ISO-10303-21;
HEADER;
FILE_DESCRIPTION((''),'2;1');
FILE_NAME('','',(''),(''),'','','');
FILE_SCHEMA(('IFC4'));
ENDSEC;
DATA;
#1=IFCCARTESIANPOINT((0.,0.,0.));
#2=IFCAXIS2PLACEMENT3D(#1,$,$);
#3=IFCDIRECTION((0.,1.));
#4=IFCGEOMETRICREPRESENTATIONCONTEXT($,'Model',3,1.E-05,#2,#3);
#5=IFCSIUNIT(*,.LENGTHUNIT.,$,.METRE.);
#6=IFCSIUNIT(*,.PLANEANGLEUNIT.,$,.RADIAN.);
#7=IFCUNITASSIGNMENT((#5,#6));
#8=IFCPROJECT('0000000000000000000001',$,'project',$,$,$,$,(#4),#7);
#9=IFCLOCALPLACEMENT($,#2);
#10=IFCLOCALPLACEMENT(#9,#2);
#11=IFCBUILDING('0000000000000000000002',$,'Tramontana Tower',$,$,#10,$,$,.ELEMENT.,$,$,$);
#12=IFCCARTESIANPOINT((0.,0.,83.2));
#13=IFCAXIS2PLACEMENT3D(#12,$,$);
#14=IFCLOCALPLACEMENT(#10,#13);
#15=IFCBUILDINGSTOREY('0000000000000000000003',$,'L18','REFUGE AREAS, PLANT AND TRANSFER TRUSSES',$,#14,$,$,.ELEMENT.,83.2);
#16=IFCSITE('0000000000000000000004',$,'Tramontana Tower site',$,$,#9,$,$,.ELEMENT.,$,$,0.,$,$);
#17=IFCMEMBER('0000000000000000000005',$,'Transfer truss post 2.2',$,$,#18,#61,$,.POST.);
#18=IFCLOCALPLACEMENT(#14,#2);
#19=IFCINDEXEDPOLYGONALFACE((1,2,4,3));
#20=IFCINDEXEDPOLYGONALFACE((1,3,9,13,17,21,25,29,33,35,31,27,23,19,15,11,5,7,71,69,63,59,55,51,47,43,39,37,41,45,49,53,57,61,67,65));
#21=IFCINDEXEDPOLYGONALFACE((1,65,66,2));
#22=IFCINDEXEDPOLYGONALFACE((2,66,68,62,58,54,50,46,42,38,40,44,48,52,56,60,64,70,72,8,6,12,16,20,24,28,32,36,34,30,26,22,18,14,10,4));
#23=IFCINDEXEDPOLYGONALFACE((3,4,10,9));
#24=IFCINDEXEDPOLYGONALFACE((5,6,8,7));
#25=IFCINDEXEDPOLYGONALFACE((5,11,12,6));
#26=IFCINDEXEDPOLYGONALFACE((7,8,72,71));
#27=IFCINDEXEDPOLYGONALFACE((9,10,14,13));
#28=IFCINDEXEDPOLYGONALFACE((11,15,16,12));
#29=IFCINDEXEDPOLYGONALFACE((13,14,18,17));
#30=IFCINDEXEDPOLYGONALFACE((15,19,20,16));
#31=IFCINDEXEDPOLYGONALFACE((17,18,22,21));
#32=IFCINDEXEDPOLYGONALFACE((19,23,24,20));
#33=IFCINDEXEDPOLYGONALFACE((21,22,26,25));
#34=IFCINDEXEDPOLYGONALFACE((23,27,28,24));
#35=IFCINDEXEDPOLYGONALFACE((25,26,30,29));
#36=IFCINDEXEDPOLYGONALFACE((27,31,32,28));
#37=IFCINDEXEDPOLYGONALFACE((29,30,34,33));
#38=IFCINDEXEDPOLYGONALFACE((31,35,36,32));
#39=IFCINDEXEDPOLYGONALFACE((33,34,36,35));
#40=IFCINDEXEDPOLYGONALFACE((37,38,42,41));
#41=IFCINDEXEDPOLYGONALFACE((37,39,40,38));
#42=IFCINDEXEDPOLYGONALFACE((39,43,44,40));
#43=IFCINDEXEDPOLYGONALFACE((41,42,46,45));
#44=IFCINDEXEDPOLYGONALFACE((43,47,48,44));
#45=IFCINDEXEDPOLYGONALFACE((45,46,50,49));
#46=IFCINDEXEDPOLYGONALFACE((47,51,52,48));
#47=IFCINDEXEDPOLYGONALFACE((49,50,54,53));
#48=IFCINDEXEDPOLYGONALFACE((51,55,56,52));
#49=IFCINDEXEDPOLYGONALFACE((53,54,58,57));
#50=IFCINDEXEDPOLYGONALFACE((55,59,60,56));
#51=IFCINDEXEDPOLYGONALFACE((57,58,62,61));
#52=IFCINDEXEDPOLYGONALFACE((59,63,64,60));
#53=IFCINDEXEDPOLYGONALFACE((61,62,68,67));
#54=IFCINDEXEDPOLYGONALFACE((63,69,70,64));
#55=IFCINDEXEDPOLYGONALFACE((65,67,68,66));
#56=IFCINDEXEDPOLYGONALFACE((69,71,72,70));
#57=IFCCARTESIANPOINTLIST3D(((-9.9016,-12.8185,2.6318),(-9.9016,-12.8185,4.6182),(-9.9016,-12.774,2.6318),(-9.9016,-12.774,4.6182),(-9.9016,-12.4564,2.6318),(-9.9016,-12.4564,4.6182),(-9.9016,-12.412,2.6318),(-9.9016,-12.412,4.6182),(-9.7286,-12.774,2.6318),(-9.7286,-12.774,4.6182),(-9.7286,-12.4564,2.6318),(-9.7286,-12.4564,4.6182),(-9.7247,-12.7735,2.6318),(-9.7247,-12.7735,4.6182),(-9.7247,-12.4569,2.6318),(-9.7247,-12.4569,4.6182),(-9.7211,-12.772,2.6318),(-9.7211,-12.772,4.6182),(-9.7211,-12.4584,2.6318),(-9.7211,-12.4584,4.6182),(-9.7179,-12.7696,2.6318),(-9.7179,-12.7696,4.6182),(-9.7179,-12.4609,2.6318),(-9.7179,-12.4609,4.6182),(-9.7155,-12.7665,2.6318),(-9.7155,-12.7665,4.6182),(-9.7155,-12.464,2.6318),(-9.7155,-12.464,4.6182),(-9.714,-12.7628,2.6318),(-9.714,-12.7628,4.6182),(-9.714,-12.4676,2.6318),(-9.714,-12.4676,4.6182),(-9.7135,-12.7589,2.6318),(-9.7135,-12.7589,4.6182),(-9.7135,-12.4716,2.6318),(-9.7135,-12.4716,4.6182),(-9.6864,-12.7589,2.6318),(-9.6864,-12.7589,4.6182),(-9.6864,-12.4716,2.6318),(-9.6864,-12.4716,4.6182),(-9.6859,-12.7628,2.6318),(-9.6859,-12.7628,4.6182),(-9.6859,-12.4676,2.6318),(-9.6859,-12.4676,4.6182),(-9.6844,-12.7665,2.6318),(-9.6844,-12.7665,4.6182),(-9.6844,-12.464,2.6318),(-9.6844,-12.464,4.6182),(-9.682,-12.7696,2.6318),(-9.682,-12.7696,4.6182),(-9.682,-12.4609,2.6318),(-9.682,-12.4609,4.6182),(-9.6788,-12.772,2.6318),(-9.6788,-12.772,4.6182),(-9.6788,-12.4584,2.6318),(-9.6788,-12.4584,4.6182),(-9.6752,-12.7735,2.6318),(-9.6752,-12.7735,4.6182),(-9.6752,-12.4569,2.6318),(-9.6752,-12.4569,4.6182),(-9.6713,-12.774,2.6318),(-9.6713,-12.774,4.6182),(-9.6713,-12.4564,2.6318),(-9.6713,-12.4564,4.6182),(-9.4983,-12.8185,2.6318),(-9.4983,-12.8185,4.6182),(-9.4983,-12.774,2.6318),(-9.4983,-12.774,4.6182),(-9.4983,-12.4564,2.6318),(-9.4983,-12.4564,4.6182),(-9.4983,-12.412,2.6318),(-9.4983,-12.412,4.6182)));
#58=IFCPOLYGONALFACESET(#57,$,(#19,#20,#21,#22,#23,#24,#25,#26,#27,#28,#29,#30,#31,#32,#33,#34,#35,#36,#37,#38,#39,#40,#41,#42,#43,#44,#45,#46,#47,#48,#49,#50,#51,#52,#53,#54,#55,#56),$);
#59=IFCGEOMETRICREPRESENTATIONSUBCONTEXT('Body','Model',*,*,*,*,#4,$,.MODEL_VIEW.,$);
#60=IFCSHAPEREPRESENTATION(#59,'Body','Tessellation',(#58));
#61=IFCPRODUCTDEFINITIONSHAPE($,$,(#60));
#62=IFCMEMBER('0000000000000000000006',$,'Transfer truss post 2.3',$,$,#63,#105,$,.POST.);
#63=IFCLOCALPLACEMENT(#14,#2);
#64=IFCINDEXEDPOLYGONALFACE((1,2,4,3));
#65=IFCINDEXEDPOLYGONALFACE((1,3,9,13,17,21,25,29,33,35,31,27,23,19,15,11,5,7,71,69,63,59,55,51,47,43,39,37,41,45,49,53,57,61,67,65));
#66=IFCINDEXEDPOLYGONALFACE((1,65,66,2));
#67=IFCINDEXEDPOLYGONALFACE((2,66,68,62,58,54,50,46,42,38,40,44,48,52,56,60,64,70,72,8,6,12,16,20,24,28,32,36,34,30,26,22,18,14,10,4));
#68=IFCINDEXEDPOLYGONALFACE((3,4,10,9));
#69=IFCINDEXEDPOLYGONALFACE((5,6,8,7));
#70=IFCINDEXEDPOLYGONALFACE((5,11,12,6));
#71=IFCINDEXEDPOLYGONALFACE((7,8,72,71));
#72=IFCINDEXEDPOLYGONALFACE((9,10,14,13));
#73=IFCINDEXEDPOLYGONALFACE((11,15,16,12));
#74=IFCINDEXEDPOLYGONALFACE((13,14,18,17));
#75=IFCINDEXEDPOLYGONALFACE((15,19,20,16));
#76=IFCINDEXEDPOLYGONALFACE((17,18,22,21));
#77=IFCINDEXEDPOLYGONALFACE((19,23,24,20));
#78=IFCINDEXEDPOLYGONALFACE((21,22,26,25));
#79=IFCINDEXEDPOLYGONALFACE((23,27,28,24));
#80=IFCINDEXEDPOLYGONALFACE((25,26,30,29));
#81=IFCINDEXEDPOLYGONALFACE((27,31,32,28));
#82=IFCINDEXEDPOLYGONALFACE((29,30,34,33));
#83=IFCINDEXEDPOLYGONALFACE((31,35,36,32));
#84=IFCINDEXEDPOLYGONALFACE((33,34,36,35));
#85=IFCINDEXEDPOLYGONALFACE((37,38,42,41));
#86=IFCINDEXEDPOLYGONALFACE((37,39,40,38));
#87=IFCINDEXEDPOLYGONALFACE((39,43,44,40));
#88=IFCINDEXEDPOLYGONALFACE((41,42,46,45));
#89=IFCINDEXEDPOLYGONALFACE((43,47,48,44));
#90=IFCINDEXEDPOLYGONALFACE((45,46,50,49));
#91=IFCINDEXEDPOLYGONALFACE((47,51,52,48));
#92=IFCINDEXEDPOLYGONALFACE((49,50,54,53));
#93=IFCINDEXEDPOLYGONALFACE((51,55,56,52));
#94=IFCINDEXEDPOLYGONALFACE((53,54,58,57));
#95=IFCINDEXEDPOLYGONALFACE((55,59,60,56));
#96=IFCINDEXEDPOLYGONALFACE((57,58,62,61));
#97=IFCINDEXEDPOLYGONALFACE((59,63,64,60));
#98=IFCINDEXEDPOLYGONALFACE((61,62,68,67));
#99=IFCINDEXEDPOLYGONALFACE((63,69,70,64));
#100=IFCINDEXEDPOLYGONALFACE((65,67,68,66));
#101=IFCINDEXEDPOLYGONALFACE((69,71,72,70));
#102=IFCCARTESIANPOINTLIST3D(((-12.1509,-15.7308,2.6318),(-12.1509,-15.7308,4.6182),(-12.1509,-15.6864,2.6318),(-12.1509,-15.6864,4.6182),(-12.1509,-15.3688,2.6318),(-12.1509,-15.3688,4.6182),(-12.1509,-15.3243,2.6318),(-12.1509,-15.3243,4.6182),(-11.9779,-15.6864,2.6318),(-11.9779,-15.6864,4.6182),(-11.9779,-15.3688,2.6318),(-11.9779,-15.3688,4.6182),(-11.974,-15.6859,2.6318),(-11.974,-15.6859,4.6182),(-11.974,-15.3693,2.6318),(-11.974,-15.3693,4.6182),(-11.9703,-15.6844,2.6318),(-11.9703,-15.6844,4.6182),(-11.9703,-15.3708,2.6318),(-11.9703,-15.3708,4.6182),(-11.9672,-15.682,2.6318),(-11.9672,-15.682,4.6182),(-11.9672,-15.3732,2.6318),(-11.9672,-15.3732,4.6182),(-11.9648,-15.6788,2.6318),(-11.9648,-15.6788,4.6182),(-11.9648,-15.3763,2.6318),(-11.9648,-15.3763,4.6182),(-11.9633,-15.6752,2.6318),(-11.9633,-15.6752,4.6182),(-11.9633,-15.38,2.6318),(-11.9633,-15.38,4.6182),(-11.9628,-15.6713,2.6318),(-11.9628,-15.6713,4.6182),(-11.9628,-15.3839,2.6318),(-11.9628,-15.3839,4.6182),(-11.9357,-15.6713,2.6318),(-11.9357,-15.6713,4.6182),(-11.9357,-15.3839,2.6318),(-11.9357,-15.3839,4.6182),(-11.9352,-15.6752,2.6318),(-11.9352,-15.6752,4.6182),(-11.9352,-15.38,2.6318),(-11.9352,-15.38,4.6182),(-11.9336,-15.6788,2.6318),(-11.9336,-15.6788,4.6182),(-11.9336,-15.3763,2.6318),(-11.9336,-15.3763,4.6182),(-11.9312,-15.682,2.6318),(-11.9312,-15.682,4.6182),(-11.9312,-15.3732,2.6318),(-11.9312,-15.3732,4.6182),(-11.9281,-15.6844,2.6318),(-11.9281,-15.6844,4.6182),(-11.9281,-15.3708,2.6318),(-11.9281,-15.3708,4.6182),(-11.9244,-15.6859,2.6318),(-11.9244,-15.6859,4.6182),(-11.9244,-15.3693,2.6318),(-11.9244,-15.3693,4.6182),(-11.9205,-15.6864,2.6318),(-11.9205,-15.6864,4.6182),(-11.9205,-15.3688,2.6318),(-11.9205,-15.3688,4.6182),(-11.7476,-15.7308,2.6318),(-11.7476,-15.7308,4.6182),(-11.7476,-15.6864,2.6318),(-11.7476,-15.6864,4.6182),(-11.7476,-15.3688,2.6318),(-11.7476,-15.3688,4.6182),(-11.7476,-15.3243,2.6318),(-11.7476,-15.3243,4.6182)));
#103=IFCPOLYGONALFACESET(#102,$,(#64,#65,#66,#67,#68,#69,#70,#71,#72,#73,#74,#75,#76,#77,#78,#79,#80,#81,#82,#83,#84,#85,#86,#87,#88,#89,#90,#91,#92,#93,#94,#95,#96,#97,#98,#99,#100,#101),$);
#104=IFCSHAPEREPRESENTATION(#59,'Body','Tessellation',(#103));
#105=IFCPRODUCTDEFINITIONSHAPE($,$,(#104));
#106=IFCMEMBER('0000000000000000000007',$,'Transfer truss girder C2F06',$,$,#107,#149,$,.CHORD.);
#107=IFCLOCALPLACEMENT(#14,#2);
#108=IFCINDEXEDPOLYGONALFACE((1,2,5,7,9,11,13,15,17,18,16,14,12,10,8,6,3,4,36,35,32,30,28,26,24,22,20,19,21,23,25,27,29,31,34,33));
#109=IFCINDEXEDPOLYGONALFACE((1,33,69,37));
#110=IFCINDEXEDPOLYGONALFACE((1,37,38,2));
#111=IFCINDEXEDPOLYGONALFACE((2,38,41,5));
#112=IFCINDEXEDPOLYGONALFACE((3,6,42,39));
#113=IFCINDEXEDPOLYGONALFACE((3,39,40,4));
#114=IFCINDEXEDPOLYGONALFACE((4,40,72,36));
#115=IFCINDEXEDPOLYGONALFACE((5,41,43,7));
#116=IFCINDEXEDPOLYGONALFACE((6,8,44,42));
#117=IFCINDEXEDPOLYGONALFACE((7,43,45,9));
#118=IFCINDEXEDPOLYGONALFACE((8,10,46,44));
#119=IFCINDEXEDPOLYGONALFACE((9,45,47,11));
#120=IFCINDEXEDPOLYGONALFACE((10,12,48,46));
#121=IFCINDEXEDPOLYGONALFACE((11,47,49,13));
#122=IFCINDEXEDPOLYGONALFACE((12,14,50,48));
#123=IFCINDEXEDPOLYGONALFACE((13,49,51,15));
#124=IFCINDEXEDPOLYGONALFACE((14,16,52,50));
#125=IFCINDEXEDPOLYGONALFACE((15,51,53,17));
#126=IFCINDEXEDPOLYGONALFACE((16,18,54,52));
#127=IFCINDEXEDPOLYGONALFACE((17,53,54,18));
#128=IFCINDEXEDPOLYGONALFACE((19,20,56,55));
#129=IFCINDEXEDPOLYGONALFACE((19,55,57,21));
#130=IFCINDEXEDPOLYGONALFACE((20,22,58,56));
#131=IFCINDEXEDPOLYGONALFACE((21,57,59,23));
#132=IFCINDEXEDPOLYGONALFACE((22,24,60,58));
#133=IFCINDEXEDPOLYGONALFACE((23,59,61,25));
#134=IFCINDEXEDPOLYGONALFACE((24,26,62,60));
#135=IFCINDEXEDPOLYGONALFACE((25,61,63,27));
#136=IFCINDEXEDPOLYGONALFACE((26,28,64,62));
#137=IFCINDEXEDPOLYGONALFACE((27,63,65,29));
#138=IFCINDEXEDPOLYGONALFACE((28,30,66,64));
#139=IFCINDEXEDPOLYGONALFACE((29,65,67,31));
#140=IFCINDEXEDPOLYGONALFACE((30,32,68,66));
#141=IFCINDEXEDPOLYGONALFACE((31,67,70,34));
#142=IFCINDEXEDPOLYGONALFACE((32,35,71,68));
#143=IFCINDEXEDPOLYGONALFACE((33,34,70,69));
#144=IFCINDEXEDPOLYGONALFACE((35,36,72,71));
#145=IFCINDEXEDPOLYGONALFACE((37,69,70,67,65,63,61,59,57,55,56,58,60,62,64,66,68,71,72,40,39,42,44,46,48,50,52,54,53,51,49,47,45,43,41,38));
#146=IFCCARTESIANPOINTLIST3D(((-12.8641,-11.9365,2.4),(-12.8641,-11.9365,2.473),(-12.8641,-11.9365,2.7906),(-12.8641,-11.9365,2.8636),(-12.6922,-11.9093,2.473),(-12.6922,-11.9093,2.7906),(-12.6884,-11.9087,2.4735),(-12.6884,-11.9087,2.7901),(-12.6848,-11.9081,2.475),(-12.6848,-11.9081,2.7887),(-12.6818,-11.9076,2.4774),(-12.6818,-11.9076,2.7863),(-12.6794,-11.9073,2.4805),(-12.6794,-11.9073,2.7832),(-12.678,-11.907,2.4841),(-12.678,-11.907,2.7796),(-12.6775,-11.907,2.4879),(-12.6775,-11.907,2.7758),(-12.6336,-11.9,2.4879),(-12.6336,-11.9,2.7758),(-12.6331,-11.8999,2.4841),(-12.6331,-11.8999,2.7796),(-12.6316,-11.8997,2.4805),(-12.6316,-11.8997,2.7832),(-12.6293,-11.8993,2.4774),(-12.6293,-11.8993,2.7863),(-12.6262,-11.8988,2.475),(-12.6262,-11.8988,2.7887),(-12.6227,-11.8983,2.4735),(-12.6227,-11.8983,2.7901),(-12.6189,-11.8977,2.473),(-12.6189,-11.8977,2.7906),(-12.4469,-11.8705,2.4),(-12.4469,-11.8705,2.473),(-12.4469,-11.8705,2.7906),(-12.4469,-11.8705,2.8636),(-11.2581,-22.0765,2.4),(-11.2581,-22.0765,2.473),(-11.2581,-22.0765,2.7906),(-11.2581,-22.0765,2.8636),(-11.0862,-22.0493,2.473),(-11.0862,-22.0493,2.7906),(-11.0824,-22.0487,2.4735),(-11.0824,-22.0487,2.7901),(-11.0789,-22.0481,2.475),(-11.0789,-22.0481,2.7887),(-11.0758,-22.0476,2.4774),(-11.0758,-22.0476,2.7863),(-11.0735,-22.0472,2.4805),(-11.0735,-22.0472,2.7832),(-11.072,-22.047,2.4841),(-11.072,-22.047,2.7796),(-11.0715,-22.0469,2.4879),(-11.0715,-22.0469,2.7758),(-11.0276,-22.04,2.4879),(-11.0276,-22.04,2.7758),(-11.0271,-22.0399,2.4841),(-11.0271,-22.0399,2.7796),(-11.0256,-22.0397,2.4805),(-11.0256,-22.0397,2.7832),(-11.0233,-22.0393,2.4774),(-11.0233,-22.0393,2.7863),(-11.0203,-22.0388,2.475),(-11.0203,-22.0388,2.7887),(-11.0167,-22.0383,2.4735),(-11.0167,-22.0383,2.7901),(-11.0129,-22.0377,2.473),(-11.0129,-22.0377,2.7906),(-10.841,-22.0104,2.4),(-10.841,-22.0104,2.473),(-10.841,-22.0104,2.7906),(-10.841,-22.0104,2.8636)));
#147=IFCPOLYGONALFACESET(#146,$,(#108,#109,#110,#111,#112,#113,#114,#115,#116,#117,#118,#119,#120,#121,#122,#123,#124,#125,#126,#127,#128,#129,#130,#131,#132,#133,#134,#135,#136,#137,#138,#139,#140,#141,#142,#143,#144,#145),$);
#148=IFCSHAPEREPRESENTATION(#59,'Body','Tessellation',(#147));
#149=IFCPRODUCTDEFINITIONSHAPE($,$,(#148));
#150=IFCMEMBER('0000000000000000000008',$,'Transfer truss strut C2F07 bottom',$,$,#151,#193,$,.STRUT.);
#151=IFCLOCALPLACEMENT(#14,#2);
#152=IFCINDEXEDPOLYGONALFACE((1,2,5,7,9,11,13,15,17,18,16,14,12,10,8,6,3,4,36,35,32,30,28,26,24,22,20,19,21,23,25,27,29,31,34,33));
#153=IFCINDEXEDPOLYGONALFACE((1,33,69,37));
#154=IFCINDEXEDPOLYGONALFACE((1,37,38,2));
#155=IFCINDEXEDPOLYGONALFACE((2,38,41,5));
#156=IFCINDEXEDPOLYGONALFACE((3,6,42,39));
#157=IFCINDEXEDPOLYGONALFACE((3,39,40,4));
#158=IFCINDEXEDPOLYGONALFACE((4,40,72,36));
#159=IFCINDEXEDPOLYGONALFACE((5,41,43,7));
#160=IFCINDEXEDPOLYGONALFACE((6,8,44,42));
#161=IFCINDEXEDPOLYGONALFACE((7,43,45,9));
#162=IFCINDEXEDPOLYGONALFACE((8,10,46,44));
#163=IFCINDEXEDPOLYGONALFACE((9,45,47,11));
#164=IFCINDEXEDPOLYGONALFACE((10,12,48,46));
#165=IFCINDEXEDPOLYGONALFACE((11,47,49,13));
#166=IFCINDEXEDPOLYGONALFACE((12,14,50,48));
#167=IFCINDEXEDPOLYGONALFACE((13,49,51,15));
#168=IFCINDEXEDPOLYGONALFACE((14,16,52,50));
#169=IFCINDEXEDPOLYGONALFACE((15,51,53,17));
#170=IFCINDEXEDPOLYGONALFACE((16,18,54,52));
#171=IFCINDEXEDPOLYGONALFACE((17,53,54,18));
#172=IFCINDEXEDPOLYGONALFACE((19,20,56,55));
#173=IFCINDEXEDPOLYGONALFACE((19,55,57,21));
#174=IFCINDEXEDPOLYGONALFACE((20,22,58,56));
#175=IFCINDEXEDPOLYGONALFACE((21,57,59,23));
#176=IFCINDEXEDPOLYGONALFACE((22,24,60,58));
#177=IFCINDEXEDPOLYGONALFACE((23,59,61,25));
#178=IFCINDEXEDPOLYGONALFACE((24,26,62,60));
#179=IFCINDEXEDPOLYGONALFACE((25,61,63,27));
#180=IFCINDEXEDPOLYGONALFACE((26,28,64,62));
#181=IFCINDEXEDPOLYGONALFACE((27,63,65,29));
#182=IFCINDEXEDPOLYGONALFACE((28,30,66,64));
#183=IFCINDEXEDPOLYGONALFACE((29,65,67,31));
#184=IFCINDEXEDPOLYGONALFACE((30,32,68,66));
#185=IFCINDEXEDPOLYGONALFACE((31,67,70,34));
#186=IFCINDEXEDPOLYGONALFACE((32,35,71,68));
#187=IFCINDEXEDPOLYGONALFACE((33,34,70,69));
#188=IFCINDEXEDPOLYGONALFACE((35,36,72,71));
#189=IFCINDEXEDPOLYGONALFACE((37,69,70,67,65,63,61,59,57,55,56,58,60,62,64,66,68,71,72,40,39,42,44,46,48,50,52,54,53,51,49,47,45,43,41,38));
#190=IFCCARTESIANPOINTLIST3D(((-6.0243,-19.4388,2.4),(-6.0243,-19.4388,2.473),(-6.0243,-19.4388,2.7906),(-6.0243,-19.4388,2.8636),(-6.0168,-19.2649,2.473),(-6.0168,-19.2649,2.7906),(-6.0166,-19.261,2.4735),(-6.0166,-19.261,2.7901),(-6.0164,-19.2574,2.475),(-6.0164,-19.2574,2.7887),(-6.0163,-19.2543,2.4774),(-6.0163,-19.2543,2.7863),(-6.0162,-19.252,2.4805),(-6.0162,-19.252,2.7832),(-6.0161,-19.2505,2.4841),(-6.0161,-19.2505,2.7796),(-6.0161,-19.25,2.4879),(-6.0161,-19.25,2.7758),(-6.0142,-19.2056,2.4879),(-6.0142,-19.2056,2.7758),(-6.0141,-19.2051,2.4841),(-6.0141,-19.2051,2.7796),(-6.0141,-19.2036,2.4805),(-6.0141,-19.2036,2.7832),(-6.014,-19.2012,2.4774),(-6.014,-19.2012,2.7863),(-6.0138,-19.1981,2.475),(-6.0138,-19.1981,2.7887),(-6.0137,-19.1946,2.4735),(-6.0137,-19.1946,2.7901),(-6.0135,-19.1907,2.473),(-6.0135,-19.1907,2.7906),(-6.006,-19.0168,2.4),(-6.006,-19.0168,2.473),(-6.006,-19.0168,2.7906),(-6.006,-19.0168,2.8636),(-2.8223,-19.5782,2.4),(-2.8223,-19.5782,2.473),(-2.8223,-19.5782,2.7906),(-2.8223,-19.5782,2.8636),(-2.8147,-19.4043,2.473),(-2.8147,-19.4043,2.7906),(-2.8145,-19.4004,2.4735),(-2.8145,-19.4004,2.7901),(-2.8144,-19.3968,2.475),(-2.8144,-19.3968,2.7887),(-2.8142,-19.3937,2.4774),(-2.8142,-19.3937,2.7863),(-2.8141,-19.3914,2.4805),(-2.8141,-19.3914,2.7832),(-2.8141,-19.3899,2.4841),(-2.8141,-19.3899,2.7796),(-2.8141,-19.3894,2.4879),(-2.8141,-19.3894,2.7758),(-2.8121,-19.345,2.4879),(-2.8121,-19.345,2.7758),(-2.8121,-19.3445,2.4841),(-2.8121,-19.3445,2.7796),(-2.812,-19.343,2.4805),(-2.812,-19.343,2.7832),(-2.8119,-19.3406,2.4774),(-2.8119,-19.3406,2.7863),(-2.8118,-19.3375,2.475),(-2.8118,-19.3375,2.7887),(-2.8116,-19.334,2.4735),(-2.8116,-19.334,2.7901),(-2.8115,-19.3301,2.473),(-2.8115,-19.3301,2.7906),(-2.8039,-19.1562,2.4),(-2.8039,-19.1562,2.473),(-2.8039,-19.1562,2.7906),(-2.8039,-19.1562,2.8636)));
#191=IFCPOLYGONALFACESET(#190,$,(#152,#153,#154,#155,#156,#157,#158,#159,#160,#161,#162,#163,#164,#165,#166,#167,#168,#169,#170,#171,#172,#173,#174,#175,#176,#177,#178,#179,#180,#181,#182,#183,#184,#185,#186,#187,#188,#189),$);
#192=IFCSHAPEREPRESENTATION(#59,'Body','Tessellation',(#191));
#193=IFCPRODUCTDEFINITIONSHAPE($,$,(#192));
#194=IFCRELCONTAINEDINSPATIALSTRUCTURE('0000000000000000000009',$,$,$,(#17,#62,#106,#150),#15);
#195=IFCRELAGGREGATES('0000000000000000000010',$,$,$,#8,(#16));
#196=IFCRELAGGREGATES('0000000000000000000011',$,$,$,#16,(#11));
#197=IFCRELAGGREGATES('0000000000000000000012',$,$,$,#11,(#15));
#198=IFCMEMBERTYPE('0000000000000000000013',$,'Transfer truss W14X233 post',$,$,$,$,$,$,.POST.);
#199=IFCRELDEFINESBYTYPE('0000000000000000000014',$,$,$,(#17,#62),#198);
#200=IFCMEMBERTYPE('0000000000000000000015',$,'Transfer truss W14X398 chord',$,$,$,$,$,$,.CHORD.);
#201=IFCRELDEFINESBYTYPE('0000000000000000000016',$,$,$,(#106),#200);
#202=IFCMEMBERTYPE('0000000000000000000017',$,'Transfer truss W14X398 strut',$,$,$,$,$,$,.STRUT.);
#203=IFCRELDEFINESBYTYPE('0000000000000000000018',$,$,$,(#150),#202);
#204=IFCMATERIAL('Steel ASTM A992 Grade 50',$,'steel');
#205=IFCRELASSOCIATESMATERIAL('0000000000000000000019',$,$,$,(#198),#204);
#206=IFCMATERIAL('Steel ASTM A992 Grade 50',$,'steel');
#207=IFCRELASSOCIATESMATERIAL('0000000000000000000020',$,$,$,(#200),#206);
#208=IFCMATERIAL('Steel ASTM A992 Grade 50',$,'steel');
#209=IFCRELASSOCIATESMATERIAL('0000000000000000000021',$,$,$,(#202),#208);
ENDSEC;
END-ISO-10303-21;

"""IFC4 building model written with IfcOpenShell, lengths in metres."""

from ifc_helpers import new_model, si_unit, direction, frame, origin, origin_2d, place, context, subcontext, project, spatial, i_section, extrude, material, material_profile, profile_set, type_object, element, save


model = new_model("IFC4")

# Units and contexts
model_context = context("Model", 3, precision=1e-05, world=origin(), true_north=direction((0.0, 1.0)))
body_context = subcontext(model_context, "Body", "Model", "MODEL_VIEW")
ifc_project = project(units=[si_unit("LENGTHUNIT", "METRE"), si_unit("PLANEANGLEUNIT", "RADIAN")], contexts=[model_context])

# Site, building, storey
site_placement = place(None, origin())
site = spatial("IfcSite", under=ifc_project, at=site_placement, Name="Tramontana Tower site", CompositionType="ELEMENT", RefElevation=0.0)
building_placement = place(site_placement, origin())
building = spatial("IfcBuilding", under=site, at=building_placement, Name="Tramontana Tower", CompositionType="ELEMENT")
storey_placement = place(building_placement, frame((0.0, 0.0, 83.2)))
storey = spatial("IfcBuildingStorey", under=building, at=storey_placement, Name="L18", Description="REFUGE AREAS, PLANT AND TRANSFER TRUSSES", CompositionType="ELEMENT", Elevation=83.2)

# Members
ifc_material_1 = material(Name="Steel ASTM A992 Grade 50", Category="steel")
ifc_material_profile_1 = material_profile(ifc_material_1, i_section(OverallWidth=0.4033, OverallDepth=0.4065, WebThickness=0.0271, FlangeThickness=0.0444, FilletRadius=0.0151, at=origin_2d()), Name="W14X233")
ifc_profile_set_1 = profile_set([ifc_material_profile_1], Name="Steel ASTM A992 Grade 50")
member_type_1 = type_object("IfcMemberType", Name="Transfer truss W14X233 post", PredefinedType="POST", material=ifc_profile_set_1)
for number, where, z_axis, x_axis, name in (
    (1, (-9.7, -12.6152, 2.6318), (0.0, 0.0, 1.0), (1.0, 0.0, 0.0), "Transfer truss post 2.2"),
    (2, (-11.9492, -15.5276, 2.6318), (0.0, 0.0, 1.0), (1.0, 0.0, 0.0), "Transfer truss post 2.3"),
):
    element("IfcMember", number, at=place(storey_placement, frame(where, z_axis=z_axis, x_axis=x_axis)), inside=storey, type_object=member_type_1, Name=name, PredefinedType="POST", context=body_context, shape_type="SweptSolid", body=[
        extrude(i_section(OverallWidth=0.4033, OverallDepth=0.4065, WebThickness=0.0271, FlangeThickness=0.0444, FilletRadius=0.0151, at=origin_2d()), origin(), (0.0, 0.0, 1.0), 1.9863),
    ])
ifc_material_2 = material(Name="Steel ASTM A992 Grade 50", Category="steel")
ifc_material_profile_2 = material_profile(ifc_material_2, i_section(OverallWidth=0.4224, OverallDepth=0.4636, WebThickness=0.0444, FlangeThickness=0.073, FilletRadius=0.0149, at=origin_2d()), Name="W14X398")
ifc_profile_set_2 = profile_set([ifc_material_profile_2], Name="Steel ASTM A992 Grade 50")
member_type_2 = type_object("IfcMemberType", Name="Transfer truss W14X398 chord", PredefinedType="CHORD", material=ifc_profile_set_2)
member_1_placement = place(storey_placement, frame((-11.0496, -22.0435, 2.6318), z_axis=(-0.15643, 0.987689, 0.0), x_axis=(-0.987689, -0.15643, 0.0)))
element("IfcMember", 3, at=member_1_placement, inside=storey, type_object=member_type_2, Name="Transfer truss girder C2F06", PredefinedType="CHORD", context=body_context, shape_type="SweptSolid", body=[
    extrude(i_section(OverallWidth=0.4224, OverallDepth=0.4636, WebThickness=0.0444, FlangeThickness=0.073, FilletRadius=0.0149, at=origin_2d()), origin(), (0.0, 0.0, 1.0), 10.2664),
])
ifc_material_3 = material(Name="Steel ASTM A992 Grade 50", Category="steel")
ifc_material_profile_3 = material_profile(ifc_material_3, i_section(OverallWidth=0.4224, OverallDepth=0.4636, WebThickness=0.0444, FlangeThickness=0.073, FilletRadius=0.0149, at=origin_2d()), Name="W14X398")
ifc_profile_set_3 = profile_set([ifc_material_profile_3], Name="Steel ASTM A992 Grade 50")
member_type_3 = type_object("IfcMemberType", Name="Transfer truss W14X398 strut", PredefinedType="STRUT", material=ifc_profile_set_3)
member_2_placement = place(storey_placement, frame((-6.0151, -19.2278, 2.6318), z_axis=(0.999054, -0.043493, 0.0), x_axis=(0.043493, 0.999054, 0.0)))
element("IfcMember", 4, at=member_2_placement, inside=storey, type_object=member_type_3, Name="Transfer truss strut C2F07 bottom", PredefinedType="STRUT", context=body_context, shape_type="SweptSolid", body=[
    extrude(i_section(OverallWidth=0.4224, OverallDepth=0.4636, WebThickness=0.0444, FlangeThickness=0.073, FilletRadius=0.0149, at=origin_2d()), origin(), (0.0, 0.0, 1.0), 3.2051),
])

save(model, "model.ifc")
